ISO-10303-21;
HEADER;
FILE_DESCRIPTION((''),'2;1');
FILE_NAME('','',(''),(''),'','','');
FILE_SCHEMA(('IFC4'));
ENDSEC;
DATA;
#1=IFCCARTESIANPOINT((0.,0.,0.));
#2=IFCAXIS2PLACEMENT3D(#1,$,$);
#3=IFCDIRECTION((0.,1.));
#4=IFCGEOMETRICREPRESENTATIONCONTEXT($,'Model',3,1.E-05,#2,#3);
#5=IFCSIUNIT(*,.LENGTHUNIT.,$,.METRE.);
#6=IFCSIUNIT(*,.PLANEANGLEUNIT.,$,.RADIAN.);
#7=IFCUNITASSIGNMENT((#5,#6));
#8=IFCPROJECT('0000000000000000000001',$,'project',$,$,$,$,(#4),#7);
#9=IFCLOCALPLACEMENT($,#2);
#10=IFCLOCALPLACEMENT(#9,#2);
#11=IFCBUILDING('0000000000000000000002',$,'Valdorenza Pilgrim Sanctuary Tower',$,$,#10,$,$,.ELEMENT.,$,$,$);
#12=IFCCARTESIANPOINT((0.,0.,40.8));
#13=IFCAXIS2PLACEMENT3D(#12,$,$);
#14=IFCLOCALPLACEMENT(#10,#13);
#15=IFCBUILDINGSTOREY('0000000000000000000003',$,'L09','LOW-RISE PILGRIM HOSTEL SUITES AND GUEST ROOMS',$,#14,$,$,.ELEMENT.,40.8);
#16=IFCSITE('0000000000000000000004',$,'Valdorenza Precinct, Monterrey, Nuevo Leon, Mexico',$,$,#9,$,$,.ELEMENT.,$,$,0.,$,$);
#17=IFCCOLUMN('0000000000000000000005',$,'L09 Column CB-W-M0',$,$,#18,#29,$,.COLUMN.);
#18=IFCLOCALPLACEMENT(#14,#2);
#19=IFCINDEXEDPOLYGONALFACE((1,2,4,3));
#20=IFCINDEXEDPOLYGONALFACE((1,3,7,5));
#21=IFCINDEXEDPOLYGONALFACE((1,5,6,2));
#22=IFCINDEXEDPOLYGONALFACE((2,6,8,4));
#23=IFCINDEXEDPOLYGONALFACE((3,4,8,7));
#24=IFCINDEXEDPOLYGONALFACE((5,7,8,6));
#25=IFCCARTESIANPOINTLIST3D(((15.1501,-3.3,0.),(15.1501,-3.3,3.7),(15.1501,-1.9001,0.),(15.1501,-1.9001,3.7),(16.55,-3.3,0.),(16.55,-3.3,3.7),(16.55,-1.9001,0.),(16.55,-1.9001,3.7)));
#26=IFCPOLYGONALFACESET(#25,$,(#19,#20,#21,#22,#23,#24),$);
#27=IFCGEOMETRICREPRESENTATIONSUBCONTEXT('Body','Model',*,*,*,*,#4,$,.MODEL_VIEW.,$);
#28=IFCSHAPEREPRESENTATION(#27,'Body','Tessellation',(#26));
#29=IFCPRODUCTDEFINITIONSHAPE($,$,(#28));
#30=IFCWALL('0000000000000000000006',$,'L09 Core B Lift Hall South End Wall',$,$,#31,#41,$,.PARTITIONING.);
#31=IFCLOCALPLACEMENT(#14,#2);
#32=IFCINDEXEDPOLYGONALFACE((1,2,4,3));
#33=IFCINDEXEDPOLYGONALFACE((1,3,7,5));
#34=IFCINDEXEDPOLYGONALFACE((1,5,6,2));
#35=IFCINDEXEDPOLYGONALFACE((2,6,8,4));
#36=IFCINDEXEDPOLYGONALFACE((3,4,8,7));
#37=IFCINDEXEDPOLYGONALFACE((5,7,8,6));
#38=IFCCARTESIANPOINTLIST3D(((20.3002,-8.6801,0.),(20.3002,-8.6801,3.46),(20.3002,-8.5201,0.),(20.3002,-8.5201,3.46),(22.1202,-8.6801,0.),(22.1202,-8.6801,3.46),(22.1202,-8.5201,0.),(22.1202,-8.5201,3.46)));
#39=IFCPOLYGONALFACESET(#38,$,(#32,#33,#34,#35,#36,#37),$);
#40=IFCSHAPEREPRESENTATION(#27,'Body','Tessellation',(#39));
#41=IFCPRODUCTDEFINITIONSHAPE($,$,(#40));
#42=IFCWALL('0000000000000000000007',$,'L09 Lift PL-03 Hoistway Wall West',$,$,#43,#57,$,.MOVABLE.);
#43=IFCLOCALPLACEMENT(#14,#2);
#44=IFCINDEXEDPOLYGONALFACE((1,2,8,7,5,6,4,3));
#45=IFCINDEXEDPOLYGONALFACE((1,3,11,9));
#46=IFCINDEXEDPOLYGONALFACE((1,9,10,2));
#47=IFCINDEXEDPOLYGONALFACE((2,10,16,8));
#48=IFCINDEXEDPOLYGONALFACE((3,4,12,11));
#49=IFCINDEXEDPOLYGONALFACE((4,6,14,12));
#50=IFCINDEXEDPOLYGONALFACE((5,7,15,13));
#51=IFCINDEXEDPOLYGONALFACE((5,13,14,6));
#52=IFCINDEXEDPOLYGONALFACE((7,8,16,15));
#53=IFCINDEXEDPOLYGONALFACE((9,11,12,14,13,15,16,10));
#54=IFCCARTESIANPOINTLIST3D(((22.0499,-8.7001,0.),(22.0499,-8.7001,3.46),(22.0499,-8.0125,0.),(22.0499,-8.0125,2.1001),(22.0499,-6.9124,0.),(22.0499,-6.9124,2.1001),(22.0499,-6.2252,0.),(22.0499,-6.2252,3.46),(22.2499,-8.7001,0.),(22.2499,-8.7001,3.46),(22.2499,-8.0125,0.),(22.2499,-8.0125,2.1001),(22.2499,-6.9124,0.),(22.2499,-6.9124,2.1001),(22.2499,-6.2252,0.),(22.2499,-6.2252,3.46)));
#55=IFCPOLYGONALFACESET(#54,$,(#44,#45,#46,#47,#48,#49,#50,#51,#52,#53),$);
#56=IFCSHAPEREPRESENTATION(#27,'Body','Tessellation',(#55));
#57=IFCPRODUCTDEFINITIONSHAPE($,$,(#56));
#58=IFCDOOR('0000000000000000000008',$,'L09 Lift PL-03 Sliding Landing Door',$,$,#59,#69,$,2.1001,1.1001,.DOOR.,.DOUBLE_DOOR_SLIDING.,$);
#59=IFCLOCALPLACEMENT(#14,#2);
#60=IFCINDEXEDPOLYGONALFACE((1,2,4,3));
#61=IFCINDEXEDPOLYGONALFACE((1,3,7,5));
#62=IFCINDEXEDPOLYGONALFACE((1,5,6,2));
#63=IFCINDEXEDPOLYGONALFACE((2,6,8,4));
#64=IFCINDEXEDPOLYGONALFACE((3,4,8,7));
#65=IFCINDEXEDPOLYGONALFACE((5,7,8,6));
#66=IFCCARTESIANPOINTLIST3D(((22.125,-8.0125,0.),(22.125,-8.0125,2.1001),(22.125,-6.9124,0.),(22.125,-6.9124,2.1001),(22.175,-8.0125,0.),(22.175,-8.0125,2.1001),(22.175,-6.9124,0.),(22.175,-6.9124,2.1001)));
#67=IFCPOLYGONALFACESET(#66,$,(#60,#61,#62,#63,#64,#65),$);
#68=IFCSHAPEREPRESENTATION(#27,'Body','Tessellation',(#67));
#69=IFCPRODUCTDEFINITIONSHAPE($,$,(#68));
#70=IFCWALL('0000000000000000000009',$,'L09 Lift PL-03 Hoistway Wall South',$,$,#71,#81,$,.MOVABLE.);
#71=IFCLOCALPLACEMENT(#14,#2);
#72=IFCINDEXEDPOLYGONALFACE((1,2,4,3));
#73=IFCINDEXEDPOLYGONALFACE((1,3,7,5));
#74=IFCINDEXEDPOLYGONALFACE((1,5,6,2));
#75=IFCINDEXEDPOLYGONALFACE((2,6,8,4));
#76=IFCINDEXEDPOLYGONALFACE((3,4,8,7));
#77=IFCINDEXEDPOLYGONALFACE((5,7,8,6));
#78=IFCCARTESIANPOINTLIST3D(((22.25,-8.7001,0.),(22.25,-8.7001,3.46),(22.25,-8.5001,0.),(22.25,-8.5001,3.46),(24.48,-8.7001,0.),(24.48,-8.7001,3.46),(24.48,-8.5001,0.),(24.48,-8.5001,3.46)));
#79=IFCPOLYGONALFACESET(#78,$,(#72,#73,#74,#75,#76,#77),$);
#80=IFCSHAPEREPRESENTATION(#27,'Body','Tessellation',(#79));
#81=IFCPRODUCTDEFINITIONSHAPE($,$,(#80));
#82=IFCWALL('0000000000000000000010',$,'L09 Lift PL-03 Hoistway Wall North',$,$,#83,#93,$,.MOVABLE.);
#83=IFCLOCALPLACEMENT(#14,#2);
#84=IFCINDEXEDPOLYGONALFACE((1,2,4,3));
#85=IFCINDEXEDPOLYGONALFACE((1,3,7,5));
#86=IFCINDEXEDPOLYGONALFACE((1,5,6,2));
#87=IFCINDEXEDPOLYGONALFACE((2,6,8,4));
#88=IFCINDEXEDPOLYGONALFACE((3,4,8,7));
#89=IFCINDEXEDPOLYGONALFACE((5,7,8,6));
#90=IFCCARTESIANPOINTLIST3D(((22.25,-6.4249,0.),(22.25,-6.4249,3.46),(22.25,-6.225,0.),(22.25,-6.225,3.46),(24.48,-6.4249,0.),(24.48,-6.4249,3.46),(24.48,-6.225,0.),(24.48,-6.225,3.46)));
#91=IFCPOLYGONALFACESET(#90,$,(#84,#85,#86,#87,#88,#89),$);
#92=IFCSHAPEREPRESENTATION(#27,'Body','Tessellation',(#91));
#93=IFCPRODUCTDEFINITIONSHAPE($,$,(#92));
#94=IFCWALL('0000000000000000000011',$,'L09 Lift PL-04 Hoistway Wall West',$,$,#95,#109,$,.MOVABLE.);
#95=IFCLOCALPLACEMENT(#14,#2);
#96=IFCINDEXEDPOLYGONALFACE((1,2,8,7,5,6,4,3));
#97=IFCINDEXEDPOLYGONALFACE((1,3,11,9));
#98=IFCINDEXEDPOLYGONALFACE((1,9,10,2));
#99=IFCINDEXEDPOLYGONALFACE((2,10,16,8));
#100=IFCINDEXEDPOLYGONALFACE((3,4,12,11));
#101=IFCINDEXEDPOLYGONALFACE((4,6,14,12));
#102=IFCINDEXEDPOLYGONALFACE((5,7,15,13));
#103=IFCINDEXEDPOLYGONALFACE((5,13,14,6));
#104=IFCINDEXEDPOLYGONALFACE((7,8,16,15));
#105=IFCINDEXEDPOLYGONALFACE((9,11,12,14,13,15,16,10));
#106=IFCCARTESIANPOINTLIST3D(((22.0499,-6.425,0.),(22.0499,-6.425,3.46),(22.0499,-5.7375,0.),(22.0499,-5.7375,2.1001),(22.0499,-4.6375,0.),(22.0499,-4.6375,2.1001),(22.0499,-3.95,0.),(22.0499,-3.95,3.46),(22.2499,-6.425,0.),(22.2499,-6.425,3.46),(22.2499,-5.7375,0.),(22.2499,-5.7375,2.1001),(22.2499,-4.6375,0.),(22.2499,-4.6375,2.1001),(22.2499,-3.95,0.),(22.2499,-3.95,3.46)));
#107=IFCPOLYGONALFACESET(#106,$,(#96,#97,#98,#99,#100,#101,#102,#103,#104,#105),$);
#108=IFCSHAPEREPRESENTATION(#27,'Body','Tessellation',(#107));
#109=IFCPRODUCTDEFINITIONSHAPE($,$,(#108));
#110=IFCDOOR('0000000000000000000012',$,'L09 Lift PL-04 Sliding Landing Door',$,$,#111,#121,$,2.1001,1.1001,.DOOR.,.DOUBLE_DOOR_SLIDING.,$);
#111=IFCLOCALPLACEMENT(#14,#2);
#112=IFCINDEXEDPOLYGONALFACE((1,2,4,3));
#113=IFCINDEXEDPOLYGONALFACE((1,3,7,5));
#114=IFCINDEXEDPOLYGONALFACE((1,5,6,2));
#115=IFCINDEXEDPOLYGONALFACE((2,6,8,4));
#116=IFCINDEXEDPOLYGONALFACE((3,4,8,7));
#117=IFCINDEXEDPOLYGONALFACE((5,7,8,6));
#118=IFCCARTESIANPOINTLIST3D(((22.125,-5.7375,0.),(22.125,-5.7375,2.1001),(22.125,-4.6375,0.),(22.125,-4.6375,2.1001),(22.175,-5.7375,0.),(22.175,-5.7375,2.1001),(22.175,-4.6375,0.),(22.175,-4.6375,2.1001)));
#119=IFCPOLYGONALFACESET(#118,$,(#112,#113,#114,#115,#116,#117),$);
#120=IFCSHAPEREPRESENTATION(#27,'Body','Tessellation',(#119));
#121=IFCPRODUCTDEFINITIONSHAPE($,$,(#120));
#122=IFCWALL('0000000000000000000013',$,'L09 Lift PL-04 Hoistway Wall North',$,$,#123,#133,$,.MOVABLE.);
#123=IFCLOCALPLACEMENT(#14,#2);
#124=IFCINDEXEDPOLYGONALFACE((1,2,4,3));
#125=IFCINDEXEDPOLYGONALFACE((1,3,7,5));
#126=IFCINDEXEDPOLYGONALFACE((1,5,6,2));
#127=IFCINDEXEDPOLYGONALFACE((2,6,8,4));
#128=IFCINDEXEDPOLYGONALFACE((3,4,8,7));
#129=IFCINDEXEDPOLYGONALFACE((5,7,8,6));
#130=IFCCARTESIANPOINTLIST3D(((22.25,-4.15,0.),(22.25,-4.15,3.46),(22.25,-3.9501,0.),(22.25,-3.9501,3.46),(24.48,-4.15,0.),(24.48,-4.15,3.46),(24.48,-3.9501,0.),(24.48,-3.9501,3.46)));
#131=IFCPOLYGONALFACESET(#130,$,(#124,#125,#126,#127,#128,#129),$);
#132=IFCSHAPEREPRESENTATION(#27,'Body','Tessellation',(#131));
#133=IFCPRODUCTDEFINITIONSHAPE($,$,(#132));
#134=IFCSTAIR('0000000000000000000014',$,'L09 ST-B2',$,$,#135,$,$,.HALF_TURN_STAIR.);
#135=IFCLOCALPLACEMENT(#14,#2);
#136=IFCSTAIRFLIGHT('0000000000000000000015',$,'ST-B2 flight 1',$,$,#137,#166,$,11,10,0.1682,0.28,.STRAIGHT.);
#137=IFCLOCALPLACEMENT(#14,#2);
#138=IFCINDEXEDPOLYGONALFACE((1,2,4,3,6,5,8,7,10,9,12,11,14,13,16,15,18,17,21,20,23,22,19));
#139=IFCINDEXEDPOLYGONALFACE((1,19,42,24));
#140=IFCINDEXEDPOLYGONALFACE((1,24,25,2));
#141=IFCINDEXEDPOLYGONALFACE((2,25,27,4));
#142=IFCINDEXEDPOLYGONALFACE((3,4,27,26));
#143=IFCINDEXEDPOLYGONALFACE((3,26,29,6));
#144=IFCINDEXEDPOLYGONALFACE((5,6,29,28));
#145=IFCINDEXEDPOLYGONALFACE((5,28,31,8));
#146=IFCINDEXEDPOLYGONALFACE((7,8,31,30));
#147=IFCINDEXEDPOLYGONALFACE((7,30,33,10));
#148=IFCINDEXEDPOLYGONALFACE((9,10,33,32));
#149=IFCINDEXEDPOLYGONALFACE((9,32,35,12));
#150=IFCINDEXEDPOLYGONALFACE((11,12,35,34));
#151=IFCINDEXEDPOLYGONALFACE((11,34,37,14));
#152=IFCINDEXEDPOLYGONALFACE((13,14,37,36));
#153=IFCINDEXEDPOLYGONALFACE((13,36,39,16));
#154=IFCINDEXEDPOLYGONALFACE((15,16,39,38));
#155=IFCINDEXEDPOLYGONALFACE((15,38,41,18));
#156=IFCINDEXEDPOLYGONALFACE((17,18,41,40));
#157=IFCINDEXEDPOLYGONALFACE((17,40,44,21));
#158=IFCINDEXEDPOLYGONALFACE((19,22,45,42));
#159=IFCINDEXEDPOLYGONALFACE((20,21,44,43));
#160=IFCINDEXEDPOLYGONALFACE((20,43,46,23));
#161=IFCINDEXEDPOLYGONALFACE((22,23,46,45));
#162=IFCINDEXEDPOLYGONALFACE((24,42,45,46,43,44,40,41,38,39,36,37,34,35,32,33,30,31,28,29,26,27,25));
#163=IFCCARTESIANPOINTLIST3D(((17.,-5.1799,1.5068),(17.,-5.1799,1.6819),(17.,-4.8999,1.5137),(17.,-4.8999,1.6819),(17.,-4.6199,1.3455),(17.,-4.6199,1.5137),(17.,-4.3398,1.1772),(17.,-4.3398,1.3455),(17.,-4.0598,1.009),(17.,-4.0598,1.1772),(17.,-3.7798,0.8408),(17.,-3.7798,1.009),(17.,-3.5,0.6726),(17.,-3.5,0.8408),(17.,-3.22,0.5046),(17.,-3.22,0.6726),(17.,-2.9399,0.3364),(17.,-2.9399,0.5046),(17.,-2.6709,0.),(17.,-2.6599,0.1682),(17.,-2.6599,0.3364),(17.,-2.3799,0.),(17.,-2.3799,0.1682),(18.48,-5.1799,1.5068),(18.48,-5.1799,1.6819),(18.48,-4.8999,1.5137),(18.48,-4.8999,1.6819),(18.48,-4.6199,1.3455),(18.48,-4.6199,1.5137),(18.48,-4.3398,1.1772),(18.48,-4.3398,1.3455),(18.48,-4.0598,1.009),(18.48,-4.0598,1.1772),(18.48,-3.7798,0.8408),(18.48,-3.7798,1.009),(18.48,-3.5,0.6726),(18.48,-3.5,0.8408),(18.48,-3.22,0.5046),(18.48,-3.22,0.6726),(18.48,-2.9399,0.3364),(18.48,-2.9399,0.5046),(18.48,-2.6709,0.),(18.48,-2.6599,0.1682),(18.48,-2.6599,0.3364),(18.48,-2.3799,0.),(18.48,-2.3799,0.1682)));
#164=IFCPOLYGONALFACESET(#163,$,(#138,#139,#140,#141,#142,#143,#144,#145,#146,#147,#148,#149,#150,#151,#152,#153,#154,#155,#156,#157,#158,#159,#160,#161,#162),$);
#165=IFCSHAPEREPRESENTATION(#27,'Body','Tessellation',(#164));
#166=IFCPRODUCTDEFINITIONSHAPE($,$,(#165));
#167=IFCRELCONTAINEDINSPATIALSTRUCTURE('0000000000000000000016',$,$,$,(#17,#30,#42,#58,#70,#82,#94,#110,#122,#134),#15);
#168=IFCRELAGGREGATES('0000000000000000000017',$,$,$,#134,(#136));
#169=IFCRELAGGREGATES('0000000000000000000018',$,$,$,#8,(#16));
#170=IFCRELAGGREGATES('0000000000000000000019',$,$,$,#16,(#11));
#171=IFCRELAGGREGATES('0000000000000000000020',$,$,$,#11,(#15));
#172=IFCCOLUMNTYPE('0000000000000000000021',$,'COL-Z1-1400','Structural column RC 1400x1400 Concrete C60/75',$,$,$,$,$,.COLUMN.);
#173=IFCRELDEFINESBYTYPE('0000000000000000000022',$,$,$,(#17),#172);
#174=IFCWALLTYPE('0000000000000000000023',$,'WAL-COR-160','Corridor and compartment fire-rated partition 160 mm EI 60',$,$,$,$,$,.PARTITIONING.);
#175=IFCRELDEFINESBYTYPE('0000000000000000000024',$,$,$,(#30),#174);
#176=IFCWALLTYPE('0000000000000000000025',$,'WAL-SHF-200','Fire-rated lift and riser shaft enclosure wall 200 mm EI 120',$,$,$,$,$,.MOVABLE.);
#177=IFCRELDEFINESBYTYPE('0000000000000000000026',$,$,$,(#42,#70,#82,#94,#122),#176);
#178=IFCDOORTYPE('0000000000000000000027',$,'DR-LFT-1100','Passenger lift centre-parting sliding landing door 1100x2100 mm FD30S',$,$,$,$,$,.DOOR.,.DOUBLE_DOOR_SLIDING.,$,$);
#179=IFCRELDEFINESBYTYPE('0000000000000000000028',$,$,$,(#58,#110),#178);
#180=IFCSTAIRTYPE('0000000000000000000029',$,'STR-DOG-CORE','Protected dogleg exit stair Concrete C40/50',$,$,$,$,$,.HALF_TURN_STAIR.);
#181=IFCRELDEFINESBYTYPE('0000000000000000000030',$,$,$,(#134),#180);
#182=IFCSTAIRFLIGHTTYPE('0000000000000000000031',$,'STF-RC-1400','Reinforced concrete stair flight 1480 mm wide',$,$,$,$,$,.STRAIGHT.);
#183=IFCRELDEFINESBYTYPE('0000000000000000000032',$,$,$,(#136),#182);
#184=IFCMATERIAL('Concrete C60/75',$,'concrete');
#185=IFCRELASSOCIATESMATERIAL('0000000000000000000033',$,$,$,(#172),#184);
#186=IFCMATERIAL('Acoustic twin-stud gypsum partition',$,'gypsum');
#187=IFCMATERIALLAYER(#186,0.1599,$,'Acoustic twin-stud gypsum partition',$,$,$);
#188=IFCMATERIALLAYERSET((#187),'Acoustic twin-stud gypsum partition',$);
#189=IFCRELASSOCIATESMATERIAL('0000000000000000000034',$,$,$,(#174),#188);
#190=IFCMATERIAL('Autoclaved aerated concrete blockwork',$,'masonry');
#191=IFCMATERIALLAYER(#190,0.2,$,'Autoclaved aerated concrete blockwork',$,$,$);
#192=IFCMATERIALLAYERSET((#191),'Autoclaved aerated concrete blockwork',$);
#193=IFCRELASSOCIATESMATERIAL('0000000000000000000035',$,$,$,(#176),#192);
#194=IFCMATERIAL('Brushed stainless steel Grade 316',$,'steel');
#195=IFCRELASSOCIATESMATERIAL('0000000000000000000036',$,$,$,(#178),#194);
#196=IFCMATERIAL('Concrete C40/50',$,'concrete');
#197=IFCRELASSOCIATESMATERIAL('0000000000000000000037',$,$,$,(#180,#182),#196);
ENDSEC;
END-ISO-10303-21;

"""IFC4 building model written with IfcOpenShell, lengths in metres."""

from ifc_helpers import new_model, si_unit, direction, frame, frame_2d, origin, origin_2d, place, context, subcontext, project, spatial, polyline, rectangle, outline, extrude, source, transform, mapped, material, layer, layer_set, material_profile, profile_set, type_object, element, fill, aggregate, save


model = new_model("IFC4")

# Units and contexts
model_context = context("Model", 3, precision=1e-05, world=origin(), true_north=direction((0.0, 1.0)))
body_context = subcontext(model_context, "Body", "Model", "MODEL_VIEW")
ifc_project = project(units=[si_unit("LENGTHUNIT", "METRE"), si_unit("PLANEANGLEUNIT", "RADIAN")], contexts=[model_context])

# Site, building, storey
site_placement = place(None, origin())
site = spatial("IfcSite", under=ifc_project, at=site_placement, Name="Valdorenza Precinct, Monterrey, Nuevo Leon, Mexico", CompositionType="ELEMENT", RefElevation=0.0)
building_placement = place(site_placement, origin())
building = spatial("IfcBuilding", under=site, at=building_placement, Name="Valdorenza Pilgrim Sanctuary Tower", CompositionType="ELEMENT")
storey_placement = place(building_placement, frame((0.0, 0.0, 40.8)))
storey = spatial("IfcBuildingStorey", under=building, at=storey_placement, Name="L09", Description="LOW-RISE PILGRIM HOSTEL SUITES AND GUEST ROOMS", CompositionType="ELEMENT", Elevation=40.8)

# Column
ifc_material_1 = material(Name="Concrete C60/75", Category="concrete")
ifc_material_profile = material_profile(ifc_material_1, rectangle(XDim=1.3999, YDim=1.3999, at=origin_2d()), Name="RC 1400x1400")
ifc_profile_set = profile_set([ifc_material_profile], Name="Concrete C60/75")
column_type = type_object("IfcColumnType", Name="COL-Z1-1400", Description="Structural column RC 1400x1400 Concrete C60/75", PredefinedType="COLUMN", material=ifc_profile_set)
shared_shape = source(origin(), body_context, "Body", "SweptSolid", [
    extrude(rectangle(XDim=1.3999, YDim=1.3999, at=origin_2d()), origin(), (0.0, 0.0, 1.0), 3.7),
])
column_placement = place(storey_placement, frame((15.8501, -2.6001, 0.0), z_axis=(0.0, 0.0, 1.0), x_axis=(1.0, 0.0, 0.0)))
element("IfcColumn", 1, at=column_placement, inside=storey, type_object=column_type, Name="L09 Column CB-W-M0", PredefinedType="COLUMN", context=body_context, shape_type="MappedRepresentation", body=[
    mapped(shared_shape, transform((0.0, 0.0, 0.0), x_axis=(1.0, 0.0, 0.0), y_axis=(0.0, 1.0, 0.0), z_axis=(0.0, 0.0, 1.0), scale=1.0)),
])

# Wall
ifc_material_2 = material(Name="Acoustic twin-stud gypsum partition", Category="gypsum")
ifc_layer_1 = layer(ifc_material_2, 0.1599, Name="Acoustic twin-stud gypsum partition")
ifc_layer_set_1 = layer_set([ifc_layer_1], Name="Acoustic twin-stud gypsum partition")
wall_type_1 = type_object("IfcWallType", Name="WAL-COR-160", Description="Corridor and compartment fire-rated partition 160 mm EI 60", PredefinedType="PARTITIONING", material=ifc_layer_set_1)
wall_1_placement = place(storey_placement, frame((20.3, -8.6001, 0.0), z_axis=(0.0, 0.0, 1.0), x_axis=(1.0, 0.0, 0.0)))
element("IfcWall", 2, at=wall_1_placement, inside=storey, type_object=wall_type_1, Name="L09 Core B Lift Hall South End Wall", PredefinedType="PARTITIONING", context=body_context, shape_type="SweptSolid", body=[
    extrude(rectangle(XDim=1.8201, YDim=0.1599, at=frame_2d((0.9102, 0.0))), origin(), (0.0, 0.0, 1.0), 3.46),
])

# Wall, opening, door
ifc_material_3 = material(Name="Autoclaved aerated concrete blockwork", Category="masonry")
ifc_layer_2 = layer(ifc_material_3, 0.2, Name="Autoclaved aerated concrete blockwork")
ifc_layer_set_2 = layer_set([ifc_layer_2], Name="Autoclaved aerated concrete blockwork")
wall_type_2 = type_object("IfcWallType", Name="WAL-SHF-200", Description="Fire-rated lift and riser shaft enclosure wall 200 mm EI 120", PredefinedType="MOVABLE", material=ifc_layer_set_2)
wall_2_placement = place(storey_placement, frame((22.1499, -8.7, 0.0), z_axis=(0.0, 0.0, 1.0), x_axis=(0.0, 1.0, 0.0)))
wall_2 = element("IfcWall", 3, at=wall_2_placement, inside=storey, type_object=wall_type_2, Name="L09 Lift PL-03 Hoistway Wall West", PredefinedType="MOVABLE", context=body_context, shape_type="SweptSolid", body=[
    extrude(rectangle(XDim=2.4749, YDim=0.2, at=frame_2d((1.2373, 0.0))), origin(), (0.0, 0.0, 1.0), 3.46),
])
opening_1_placement = place(wall_2_placement, frame((0.6875, 0.0, 0.0)))
opening_1 = element("IfcOpeningElement", 4, at=opening_1_placement, cuts=wall_2, PredefinedType="OPENING", context=body_context, shape_type="SweptSolid", body=[
    extrude(rectangle(XDim=1.1001, YDim=2.1001, at=frame_2d((0.55, 1.05))), frame((0.0, 0.1147, 0.0), z_axis=(0.0, -1.0, 0.0), x_axis=(1.0, 0.0, 0.0)), (0.0, 0.0, 1.0), 0.2297),
])
ifc_material_4 = material(Name="Brushed stainless steel Grade 316", Category="steel")
door_type_1 = type_object("IfcDoorType", Name="DR-LFT-1100", Description="Passenger lift centre-parting sliding landing door 1100x2100 mm FD30S", OperationType="DOUBLE_DOOR_SLIDING", PredefinedType="DOOR", material=ifc_material_4)
door_1_placement = place(opening_1_placement, origin())
door_1 = element("IfcDoor", 5, at=door_1_placement, inside=storey, type_object=door_type_1, Name="L09 Lift PL-03 Sliding Landing Door", OperationType="DOUBLE_DOOR_SLIDING", OverallHeight=2.1001, OverallWidth=1.1001, PredefinedType="DOOR", context=body_context, shape_type="SweptSolid", body=[
    extrude(rectangle(XDim=1.1001, YDim=2.1001, at=frame_2d((0.55, 1.05))), frame((0.0, 0.0249, 0.0), z_axis=(0.0, -1.0, 0.0), x_axis=(1.0, 0.0, 0.0)), (0.0, 0.0, 1.0), 0.05),
])
fill(opening_1, door_1)

# Walls
for number, where, z_axis, x_axis, name in (
    (6, (22.25, -8.6001, 0.0), (0.0, 0.0, 1.0), (1.0, 0.0, 0.0), "L09 Lift PL-03 Hoistway Wall South"),
    (7, (22.25, -6.325, 0.0), (0.0, 0.0, 1.0), (1.0, 0.0, 0.0), "L09 Lift PL-03 Hoistway Wall North"),
):
    element("IfcWall", number, at=place(storey_placement, frame(where, z_axis=z_axis, x_axis=x_axis)), inside=storey, type_object=wall_type_2, Name=name, PredefinedType="MOVABLE", context=body_context, shape_type="SweptSolid", body=[
        extrude(rectangle(XDim=2.23, YDim=0.2, at=frame_2d((1.115, 0.0))), origin(), (0.0, 0.0, 1.0), 3.46),
    ])

# Wall, opening, door
wall_3_placement = place(storey_placement, frame((22.1499, -6.425, 0.0), z_axis=(0.0, 0.0, 1.0), x_axis=(0.0, 1.0, 0.0)))
wall_3 = element("IfcWall", 8, at=wall_3_placement, inside=storey, type_object=wall_type_2, Name="L09 Lift PL-04 Hoistway Wall West", PredefinedType="MOVABLE", context=body_context, shape_type="SweptSolid", body=[
    extrude(rectangle(XDim=2.4751, YDim=0.2, at=frame_2d((1.2375, 0.0))), origin(), (0.0, 0.0, 1.0), 3.46),
])
opening_2_placement = place(wall_3_placement, frame((0.6875, 0.0, 0.0)))
opening_2 = element("IfcOpeningElement", 9, at=opening_2_placement, cuts=wall_3, PredefinedType="OPENING", context=body_context, shape_type="SweptSolid", body=[
    extrude(rectangle(XDim=1.1001, YDim=2.1001, at=frame_2d((0.55, 1.05))), frame((0.0, 0.1147, 0.0), z_axis=(0.0, -1.0, 0.0), x_axis=(1.0, 0.0, 0.0)), (0.0, 0.0, 1.0), 0.2297),
])
door_2_placement = place(opening_2_placement, origin())
door_2 = element("IfcDoor", 10, at=door_2_placement, inside=storey, type_object=door_type_1, Name="L09 Lift PL-04 Sliding Landing Door", OperationType="DOUBLE_DOOR_SLIDING", OverallHeight=2.1001, OverallWidth=1.1001, PredefinedType="DOOR", context=body_context, shape_type="SweptSolid", body=[
    extrude(rectangle(XDim=1.1001, YDim=2.1001, at=frame_2d((0.55, 1.05))), frame((0.0, 0.0249, 0.0), z_axis=(0.0, -1.0, 0.0), x_axis=(1.0, 0.0, 0.0)), (0.0, 0.0, 1.0), 0.05),
])
fill(opening_2, door_2)

# Wall
wall_4_placement = place(storey_placement, frame((22.25, -4.05, 0.0), z_axis=(0.0, 0.0, 1.0), x_axis=(1.0, 0.0, 0.0)))
element("IfcWall", 11, at=wall_4_placement, inside=storey, type_object=wall_type_2, Name="L09 Lift PL-04 Hoistway Wall North", PredefinedType="MOVABLE", context=body_context, shape_type="SweptSolid", body=[
    extrude(rectangle(XDim=2.23, YDim=0.2, at=frame_2d((1.115, 0.0))), origin(), (0.0, 0.0, 1.0), 3.46),
])

# Shared definitions
ifc_material_5 = material(Name="Concrete C40/50", Category="concrete")

# Stair, stair flight
stair_type = type_object("IfcStairType", Name="STR-DOG-CORE", Description="Protected dogleg exit stair Concrete C40/50", PredefinedType="HALF_TURN_STAIR", material=ifc_material_5)
stair_placement = place(storey_placement, origin())
stair = element("IfcStair", 12, at=stair_placement, inside=storey, type_object=stair_type, Name="L09 ST-B2", PredefinedType="HALF_TURN_STAIR")
stair_flight_type = type_object("IfcStairFlightType", Name="STF-RC-1400", Description="Reinforced concrete stair flight 1480 mm wide", PredefinedType="STRAIGHT", material=ifc_material_5)
stair_flight_1_placement = place(storey_placement, frame((17.74, -2.3799, 0.0), z_axis=(0.0, 0.0, 1.0), x_axis=(0.0, -1.0, 0.0)))
stair_flight_1 = element("IfcStairFlight", 13, at=stair_flight_1_placement, type_object=stair_flight_type, Name="ST-B2 flight 1", NumberOfRisers=11, NumberOfTreads=10, PredefinedType="STRAIGHT", RiserHeight=0.1682, TreadLength=0.28, context=body_context, shape_type="SweptSolid", body=[
    extrude(outline(polyline([(0.0, 0.0), (0.0, 0.1682), (0.28, 0.1682), (0.28, 0.3364), (0.5601, 0.3364), (0.5601, 0.5046), (0.8401, 0.5046), (0.8401, 0.6726), (1.1201, 0.6726), (1.1201, 0.8408), (1.3999, 0.8408), (1.3999, 1.009), (1.6799, 1.009), (1.6799, 1.1772), (1.96, 1.1772), (1.96, 1.3455), (2.24, 1.3455), (2.24, 1.5137), (2.52, 1.5137), (2.52, 1.6819), (2.8, 1.6819), (2.8, 1.8501), (2.8, 1.5068), (0.291, 0.0), (0.0, 0.0)])), frame((0.0, 0.74, 0.0), z_axis=(0.0, -1.0, 0.0), x_axis=(1.0, 0.0, 0.0)), (0.0, 0.0, 1.0), 1.48),
])
aggregate(stair, [stair_flight_1])

save(model, "model.ifc")
